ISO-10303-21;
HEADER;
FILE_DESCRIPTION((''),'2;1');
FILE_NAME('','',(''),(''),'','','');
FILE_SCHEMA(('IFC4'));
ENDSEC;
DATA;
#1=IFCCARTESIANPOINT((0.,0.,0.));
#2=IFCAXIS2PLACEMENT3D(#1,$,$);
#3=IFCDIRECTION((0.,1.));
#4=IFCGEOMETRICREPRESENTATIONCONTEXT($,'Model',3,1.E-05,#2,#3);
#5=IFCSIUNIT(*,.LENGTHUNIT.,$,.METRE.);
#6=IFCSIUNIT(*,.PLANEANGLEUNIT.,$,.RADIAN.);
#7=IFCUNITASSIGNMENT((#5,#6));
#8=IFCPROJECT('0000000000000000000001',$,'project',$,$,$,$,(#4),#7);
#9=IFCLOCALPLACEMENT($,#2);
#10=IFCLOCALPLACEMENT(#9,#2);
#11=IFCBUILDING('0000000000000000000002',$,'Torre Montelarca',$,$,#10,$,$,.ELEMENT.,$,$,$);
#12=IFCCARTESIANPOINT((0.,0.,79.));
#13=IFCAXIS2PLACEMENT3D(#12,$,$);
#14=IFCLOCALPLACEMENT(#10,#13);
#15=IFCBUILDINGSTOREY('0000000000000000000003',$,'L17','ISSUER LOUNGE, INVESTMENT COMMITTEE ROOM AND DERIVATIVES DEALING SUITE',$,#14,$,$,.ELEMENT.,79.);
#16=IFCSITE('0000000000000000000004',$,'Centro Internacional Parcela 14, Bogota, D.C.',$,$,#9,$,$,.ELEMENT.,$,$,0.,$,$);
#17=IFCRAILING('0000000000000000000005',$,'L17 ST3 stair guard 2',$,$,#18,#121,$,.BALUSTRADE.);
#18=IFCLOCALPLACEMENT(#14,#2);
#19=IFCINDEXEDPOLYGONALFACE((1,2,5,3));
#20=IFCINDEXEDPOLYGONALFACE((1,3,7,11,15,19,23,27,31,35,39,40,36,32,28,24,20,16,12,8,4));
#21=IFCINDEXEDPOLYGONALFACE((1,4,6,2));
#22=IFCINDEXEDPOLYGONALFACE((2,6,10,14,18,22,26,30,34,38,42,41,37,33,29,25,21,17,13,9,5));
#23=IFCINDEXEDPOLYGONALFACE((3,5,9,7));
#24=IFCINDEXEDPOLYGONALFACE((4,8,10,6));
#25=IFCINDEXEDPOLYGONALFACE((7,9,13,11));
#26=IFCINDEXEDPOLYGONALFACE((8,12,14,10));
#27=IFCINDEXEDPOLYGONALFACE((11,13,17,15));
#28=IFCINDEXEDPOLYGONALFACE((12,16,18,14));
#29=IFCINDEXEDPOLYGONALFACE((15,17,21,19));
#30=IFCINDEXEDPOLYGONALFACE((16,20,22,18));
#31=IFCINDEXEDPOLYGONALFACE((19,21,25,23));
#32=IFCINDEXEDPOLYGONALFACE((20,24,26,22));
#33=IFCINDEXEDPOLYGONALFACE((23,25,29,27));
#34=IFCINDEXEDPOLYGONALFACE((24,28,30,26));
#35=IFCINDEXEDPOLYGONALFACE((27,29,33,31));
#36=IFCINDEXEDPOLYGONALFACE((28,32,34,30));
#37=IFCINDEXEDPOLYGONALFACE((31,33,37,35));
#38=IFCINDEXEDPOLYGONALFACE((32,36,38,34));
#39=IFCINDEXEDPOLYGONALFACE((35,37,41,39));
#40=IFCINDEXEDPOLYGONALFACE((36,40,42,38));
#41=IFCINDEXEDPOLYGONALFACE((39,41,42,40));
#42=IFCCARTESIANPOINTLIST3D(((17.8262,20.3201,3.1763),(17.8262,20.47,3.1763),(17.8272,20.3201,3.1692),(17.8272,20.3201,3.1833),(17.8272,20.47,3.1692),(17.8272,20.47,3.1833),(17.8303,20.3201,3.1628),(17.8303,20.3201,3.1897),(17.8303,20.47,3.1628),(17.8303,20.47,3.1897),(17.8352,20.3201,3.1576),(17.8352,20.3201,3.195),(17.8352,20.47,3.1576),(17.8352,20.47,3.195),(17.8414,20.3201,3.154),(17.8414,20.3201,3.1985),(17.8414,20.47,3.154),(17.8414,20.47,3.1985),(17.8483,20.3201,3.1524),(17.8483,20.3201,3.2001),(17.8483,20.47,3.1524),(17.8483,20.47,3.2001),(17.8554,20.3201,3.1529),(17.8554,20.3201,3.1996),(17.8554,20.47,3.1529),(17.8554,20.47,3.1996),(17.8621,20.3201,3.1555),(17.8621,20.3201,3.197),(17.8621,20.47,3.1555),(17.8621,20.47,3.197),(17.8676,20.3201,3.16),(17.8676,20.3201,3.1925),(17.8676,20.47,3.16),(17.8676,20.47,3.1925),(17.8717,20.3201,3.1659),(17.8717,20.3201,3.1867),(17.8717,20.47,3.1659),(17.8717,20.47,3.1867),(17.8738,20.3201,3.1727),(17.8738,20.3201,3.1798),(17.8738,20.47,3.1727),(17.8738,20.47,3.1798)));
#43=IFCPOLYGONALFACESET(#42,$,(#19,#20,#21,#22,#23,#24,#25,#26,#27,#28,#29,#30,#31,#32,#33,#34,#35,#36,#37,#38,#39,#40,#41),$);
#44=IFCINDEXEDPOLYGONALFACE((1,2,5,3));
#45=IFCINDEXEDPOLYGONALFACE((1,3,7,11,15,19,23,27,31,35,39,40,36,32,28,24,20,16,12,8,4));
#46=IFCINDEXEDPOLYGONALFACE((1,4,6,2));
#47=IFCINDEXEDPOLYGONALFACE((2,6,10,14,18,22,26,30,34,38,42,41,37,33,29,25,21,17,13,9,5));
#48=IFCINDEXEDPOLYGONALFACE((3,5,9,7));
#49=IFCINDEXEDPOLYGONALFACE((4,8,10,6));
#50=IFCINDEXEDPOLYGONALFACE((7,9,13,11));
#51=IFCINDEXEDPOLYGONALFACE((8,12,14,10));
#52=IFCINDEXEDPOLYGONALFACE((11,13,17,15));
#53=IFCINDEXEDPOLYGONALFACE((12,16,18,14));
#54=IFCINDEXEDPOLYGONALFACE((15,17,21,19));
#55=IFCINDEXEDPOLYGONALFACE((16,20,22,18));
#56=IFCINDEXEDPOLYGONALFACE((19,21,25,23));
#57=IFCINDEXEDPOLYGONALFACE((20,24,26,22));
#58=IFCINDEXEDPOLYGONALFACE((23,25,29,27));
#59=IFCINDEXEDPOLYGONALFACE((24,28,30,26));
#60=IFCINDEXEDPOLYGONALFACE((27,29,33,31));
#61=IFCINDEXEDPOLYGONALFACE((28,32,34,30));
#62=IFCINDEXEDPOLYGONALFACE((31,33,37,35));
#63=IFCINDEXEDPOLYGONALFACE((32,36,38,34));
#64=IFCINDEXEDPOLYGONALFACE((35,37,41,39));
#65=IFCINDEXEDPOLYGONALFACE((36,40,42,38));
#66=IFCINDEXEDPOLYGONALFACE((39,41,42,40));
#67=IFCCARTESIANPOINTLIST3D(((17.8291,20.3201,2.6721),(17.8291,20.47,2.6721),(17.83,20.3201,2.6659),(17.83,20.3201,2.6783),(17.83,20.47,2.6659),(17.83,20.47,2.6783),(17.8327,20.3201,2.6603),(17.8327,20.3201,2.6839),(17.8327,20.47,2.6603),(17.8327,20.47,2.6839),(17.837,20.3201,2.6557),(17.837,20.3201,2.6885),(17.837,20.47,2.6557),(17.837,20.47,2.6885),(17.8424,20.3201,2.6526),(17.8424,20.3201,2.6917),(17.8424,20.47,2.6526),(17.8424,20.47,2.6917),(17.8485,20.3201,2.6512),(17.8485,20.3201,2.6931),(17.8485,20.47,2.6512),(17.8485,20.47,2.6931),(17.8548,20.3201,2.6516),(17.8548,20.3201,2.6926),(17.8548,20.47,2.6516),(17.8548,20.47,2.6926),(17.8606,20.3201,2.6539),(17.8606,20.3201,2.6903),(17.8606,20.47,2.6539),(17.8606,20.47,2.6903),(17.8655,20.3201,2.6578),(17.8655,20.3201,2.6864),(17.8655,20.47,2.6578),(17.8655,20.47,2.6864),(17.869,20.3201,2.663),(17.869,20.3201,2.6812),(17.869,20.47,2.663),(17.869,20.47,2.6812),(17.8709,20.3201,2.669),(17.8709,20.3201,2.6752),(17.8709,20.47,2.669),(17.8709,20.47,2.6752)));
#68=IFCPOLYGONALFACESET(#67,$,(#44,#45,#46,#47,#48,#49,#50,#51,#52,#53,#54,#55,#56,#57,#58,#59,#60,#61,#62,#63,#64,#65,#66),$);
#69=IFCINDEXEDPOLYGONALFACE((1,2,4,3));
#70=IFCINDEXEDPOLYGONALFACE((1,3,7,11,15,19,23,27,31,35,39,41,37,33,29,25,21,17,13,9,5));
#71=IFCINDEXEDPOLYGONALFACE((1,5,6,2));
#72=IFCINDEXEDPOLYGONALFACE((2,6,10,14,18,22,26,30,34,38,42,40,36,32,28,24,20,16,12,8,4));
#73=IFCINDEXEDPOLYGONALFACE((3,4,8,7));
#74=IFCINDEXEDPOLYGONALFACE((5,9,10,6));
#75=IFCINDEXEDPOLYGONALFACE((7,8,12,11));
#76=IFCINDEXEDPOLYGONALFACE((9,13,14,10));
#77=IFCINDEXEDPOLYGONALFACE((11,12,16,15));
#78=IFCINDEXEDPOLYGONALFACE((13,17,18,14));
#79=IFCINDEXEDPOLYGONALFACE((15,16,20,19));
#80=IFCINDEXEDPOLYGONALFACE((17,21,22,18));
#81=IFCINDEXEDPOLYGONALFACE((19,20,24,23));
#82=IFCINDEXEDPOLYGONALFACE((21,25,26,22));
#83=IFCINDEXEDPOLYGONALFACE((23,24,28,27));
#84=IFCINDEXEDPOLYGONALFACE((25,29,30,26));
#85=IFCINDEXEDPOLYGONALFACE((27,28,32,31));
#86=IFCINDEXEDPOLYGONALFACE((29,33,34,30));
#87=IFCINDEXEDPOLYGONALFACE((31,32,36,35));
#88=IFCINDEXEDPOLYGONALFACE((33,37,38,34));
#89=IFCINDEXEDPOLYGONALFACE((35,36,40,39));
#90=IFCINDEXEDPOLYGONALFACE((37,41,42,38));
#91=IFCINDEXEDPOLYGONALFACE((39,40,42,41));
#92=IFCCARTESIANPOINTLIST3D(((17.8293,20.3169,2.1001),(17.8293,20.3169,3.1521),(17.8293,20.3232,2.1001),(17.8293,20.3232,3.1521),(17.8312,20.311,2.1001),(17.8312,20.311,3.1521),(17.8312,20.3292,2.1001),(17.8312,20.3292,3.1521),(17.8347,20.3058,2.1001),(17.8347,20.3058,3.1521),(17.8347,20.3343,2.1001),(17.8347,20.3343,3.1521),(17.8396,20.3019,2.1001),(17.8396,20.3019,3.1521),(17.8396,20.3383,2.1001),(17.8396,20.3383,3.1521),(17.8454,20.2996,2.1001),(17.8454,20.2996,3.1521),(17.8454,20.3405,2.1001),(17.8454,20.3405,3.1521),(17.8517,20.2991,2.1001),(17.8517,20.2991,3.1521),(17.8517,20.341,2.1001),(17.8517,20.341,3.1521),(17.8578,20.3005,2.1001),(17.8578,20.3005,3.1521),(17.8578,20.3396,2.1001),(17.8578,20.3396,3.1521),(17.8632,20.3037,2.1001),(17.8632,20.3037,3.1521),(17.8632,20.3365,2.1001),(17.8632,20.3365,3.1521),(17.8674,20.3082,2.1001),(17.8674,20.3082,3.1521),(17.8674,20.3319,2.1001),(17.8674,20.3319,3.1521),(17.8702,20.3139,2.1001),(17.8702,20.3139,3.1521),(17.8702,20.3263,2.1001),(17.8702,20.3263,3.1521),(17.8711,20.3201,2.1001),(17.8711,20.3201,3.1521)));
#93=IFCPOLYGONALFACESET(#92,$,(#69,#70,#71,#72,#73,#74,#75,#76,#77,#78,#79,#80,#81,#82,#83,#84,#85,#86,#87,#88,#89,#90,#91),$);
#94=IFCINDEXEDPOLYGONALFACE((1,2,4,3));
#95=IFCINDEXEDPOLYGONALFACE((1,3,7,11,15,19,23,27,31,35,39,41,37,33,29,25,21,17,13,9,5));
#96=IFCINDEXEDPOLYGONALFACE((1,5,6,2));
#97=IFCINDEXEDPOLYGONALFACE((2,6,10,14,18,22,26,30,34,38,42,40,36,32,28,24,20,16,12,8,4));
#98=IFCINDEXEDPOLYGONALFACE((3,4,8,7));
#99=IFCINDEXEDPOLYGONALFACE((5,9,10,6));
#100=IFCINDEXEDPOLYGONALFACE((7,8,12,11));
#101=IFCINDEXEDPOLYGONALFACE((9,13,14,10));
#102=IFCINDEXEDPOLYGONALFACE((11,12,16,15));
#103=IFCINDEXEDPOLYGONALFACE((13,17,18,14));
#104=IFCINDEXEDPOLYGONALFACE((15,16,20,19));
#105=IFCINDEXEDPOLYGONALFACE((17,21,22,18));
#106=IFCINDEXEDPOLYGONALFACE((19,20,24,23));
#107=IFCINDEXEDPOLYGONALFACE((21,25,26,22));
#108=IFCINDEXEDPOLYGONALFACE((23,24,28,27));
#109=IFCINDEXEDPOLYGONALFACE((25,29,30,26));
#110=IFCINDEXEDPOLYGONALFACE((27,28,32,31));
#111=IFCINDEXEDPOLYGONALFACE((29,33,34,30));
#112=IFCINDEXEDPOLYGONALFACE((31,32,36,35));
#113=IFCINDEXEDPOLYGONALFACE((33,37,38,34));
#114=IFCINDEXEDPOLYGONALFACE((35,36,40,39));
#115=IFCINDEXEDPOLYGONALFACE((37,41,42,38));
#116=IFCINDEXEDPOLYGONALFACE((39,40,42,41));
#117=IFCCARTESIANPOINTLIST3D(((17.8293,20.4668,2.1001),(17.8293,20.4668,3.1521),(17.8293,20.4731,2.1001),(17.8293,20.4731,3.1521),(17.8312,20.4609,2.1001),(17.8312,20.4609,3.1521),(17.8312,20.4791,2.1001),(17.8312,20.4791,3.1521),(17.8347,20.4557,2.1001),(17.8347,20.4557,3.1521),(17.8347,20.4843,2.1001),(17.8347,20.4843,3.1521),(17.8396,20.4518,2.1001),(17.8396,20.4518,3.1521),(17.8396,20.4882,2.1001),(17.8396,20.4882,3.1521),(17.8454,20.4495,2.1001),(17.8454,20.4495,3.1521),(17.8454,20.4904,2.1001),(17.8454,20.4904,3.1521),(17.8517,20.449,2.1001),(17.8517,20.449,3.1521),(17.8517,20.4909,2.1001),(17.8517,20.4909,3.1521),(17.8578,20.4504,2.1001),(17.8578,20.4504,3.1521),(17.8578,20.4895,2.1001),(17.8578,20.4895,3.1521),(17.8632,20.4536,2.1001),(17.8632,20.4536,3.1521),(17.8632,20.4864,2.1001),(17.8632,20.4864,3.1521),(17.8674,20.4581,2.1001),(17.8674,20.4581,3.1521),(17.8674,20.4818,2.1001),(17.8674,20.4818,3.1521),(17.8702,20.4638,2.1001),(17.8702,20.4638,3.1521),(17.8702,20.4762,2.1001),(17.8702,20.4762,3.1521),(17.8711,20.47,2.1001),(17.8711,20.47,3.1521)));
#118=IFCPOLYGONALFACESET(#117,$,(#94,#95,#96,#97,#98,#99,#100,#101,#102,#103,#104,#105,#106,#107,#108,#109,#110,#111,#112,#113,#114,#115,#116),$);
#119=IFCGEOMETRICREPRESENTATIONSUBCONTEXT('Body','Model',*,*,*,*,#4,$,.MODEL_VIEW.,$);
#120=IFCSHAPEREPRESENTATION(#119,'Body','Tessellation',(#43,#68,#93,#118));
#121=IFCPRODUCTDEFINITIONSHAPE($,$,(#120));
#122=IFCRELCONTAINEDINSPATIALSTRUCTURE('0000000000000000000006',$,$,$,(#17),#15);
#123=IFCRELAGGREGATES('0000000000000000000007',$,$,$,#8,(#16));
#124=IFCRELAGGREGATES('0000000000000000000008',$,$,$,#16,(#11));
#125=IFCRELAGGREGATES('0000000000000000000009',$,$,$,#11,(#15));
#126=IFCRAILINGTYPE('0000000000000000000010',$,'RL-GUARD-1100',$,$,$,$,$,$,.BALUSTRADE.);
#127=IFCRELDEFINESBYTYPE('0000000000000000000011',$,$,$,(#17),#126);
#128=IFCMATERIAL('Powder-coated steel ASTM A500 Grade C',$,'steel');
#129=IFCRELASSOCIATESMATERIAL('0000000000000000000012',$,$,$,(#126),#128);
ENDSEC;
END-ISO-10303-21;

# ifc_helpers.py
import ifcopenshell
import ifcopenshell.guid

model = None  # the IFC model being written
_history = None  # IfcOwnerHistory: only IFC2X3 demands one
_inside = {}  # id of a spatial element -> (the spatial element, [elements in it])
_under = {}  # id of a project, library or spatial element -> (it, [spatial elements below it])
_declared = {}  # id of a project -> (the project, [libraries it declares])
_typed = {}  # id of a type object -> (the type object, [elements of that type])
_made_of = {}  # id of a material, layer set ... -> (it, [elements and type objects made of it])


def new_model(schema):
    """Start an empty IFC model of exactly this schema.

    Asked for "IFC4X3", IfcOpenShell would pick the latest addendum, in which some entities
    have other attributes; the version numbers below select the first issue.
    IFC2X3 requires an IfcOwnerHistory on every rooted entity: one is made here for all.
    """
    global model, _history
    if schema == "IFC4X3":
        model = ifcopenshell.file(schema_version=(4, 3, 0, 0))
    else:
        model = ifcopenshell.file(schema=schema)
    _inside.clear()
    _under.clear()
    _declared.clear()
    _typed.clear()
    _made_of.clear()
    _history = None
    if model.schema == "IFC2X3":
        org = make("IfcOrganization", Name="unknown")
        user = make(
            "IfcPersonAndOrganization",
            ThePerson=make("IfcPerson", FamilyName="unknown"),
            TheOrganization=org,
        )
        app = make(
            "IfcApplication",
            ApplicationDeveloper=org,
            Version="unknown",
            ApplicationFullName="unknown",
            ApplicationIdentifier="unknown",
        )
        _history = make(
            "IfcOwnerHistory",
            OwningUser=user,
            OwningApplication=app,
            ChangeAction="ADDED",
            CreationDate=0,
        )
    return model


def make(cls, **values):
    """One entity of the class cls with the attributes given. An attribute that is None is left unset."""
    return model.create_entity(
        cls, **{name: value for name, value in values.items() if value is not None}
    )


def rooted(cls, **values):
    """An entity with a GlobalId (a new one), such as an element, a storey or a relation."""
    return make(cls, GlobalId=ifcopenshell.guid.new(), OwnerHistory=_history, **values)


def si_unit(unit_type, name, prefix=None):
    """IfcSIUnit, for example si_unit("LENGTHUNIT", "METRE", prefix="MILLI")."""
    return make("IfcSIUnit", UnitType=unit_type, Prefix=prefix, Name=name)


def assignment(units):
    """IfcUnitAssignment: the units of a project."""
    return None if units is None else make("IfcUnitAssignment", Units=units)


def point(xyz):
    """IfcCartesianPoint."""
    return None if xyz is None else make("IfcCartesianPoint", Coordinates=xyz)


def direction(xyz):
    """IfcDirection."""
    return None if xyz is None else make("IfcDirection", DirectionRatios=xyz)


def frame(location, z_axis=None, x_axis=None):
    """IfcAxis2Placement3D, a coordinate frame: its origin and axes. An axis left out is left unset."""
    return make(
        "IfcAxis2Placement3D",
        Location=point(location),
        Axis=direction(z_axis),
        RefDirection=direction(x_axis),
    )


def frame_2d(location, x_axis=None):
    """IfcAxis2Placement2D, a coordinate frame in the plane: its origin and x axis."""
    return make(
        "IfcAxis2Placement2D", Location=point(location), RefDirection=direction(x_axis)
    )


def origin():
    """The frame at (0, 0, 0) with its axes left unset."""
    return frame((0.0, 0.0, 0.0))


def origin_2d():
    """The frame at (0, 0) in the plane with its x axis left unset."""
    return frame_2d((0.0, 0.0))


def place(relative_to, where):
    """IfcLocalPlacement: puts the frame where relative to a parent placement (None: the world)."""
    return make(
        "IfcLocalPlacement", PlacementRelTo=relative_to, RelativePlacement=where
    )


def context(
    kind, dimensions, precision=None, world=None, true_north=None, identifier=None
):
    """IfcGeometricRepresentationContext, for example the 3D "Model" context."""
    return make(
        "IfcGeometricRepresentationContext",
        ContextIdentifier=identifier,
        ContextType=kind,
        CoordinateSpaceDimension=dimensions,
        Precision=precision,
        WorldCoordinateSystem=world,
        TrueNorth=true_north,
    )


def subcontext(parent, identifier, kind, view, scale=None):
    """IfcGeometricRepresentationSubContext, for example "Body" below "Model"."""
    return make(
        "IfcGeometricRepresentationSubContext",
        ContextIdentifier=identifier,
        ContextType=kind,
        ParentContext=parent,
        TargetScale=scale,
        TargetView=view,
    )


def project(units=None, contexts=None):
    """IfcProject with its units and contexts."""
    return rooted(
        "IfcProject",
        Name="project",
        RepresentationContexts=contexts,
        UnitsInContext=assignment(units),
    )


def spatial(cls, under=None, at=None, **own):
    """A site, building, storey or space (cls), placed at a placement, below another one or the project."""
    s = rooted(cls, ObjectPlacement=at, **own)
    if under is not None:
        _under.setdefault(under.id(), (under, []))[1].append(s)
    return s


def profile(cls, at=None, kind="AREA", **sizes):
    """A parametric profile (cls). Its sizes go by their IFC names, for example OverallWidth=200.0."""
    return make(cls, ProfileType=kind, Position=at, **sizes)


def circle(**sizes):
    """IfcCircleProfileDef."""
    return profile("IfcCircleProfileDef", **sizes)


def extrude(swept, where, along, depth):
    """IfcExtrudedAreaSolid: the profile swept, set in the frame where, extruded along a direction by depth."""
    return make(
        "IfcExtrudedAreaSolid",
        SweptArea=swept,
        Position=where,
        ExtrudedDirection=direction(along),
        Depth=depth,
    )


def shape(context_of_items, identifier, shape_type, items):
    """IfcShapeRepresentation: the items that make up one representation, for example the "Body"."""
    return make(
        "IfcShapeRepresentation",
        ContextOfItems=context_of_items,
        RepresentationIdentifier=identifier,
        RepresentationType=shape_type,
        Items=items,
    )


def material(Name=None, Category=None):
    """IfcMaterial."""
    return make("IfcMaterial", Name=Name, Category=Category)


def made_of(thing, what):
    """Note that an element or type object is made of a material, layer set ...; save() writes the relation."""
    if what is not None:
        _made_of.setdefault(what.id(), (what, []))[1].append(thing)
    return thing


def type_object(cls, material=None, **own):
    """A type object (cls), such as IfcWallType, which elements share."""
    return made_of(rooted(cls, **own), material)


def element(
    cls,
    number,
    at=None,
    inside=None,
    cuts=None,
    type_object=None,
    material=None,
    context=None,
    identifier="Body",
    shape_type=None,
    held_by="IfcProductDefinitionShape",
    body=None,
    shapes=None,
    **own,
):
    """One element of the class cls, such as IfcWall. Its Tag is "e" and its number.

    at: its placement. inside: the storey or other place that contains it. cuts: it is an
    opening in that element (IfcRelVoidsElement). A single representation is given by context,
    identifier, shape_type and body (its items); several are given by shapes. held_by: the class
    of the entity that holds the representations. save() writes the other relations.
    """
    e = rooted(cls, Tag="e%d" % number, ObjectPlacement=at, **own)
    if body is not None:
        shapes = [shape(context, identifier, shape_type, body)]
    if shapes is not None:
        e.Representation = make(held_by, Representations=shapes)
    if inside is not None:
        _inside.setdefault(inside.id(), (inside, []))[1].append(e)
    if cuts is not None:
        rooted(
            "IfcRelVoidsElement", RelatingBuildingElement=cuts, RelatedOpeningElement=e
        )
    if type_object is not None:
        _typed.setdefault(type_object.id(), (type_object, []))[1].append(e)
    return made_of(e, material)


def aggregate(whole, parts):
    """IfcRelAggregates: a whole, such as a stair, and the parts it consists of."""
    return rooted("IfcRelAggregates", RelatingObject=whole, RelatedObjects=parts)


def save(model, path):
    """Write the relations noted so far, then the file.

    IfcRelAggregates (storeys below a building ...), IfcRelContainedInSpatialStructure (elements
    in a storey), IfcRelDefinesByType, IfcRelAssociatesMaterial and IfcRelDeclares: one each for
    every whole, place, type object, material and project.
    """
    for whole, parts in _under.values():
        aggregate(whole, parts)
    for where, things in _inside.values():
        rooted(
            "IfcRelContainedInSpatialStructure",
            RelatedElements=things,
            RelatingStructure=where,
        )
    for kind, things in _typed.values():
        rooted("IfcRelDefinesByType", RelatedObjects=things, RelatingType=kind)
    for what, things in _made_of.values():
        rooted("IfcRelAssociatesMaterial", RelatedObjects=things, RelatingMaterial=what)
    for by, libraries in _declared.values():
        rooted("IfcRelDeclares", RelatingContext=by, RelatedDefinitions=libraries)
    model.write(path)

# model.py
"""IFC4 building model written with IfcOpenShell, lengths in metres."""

from ifc_helpers import new_model, si_unit, direction, frame, origin, origin_2d, place, context, subcontext, project, spatial, circle, extrude, material, type_object, element, save


model = new_model("IFC4")

# Units and contexts
model_context = context("Model", 3, precision=1e-05, world=origin(), true_north=direction((0.0, 1.0)))
body_context = subcontext(model_context, "Body", "Model", "MODEL_VIEW")
ifc_project = project(units=[si_unit("LENGTHUNIT", "METRE"), si_unit("PLANEANGLEUNIT", "RADIAN")], contexts=[model_context])

# Site, building, storey
site_placement = place(None, origin())
site = spatial("IfcSite", under=ifc_project, at=site_placement, Name="Centro Internacional Parcela 14, Bogota, D.C.", CompositionType="ELEMENT", RefElevation=0.0)
building_placement = place(site_placement, origin())
building = spatial("IfcBuilding", under=site, at=building_placement, Name="Torre Montelarca", CompositionType="ELEMENT")
storey_placement = place(building_placement, frame((0.0, 0.0, 79.0)))
storey = spatial("IfcBuildingStorey", under=building, at=storey_placement, Name="L17", Description="ISSUER LOUNGE, INVESTMENT COMMITTEE ROOM AND DERIVATIVES DEALING SUITE", CompositionType="ELEMENT", Elevation=79.0)

# Railing
ifc_material_1 = material(Name="Powder-coated steel ASTM A500 Grade C", Category="steel")
railing_type_1 = type_object("IfcRailingType", Name="RL-GUARD-1100", PredefinedType="BALUSTRADE", material=ifc_material_1)
railing_1_placement = place(storey_placement, frame((17.8501, 20.3201, 2.1001)))
element("IfcRailing", 1, at=railing_1_placement, inside=storey, type_object=railing_type_1, Name="L17 ST3 stair guard 2", PredefinedType="BALUSTRADE", context=body_context, shape_type="SweptSolid", body=[
    extrude(circle(Radius=0.0239, at=origin_2d()), frame((0.0, 0.0, 1.0762), z_axis=(0.0, 1.0, 0.0), x_axis=(-1.0, 0.0, 0.0)), (0.0, 0.0, 1.0), 0.1499),
    extrude(circle(Radius=0.021, at=origin_2d()), frame((0.0, 0.0, 0.572), z_axis=(0.0, 1.0, 0.0), x_axis=(-1.0, 0.0, 0.0)), (0.0, 0.0, 1.0), 0.1499),
    extrude(circle(Radius=0.021, at=origin_2d()), origin(), (0.0, 0.0, 1.0), 1.052),
    extrude(circle(Radius=0.021, at=origin_2d()), frame((0.0, 0.1499, 0.0)), (0.0, 0.0, 1.0), 1.052),
])

save(model, "model.ifc")
